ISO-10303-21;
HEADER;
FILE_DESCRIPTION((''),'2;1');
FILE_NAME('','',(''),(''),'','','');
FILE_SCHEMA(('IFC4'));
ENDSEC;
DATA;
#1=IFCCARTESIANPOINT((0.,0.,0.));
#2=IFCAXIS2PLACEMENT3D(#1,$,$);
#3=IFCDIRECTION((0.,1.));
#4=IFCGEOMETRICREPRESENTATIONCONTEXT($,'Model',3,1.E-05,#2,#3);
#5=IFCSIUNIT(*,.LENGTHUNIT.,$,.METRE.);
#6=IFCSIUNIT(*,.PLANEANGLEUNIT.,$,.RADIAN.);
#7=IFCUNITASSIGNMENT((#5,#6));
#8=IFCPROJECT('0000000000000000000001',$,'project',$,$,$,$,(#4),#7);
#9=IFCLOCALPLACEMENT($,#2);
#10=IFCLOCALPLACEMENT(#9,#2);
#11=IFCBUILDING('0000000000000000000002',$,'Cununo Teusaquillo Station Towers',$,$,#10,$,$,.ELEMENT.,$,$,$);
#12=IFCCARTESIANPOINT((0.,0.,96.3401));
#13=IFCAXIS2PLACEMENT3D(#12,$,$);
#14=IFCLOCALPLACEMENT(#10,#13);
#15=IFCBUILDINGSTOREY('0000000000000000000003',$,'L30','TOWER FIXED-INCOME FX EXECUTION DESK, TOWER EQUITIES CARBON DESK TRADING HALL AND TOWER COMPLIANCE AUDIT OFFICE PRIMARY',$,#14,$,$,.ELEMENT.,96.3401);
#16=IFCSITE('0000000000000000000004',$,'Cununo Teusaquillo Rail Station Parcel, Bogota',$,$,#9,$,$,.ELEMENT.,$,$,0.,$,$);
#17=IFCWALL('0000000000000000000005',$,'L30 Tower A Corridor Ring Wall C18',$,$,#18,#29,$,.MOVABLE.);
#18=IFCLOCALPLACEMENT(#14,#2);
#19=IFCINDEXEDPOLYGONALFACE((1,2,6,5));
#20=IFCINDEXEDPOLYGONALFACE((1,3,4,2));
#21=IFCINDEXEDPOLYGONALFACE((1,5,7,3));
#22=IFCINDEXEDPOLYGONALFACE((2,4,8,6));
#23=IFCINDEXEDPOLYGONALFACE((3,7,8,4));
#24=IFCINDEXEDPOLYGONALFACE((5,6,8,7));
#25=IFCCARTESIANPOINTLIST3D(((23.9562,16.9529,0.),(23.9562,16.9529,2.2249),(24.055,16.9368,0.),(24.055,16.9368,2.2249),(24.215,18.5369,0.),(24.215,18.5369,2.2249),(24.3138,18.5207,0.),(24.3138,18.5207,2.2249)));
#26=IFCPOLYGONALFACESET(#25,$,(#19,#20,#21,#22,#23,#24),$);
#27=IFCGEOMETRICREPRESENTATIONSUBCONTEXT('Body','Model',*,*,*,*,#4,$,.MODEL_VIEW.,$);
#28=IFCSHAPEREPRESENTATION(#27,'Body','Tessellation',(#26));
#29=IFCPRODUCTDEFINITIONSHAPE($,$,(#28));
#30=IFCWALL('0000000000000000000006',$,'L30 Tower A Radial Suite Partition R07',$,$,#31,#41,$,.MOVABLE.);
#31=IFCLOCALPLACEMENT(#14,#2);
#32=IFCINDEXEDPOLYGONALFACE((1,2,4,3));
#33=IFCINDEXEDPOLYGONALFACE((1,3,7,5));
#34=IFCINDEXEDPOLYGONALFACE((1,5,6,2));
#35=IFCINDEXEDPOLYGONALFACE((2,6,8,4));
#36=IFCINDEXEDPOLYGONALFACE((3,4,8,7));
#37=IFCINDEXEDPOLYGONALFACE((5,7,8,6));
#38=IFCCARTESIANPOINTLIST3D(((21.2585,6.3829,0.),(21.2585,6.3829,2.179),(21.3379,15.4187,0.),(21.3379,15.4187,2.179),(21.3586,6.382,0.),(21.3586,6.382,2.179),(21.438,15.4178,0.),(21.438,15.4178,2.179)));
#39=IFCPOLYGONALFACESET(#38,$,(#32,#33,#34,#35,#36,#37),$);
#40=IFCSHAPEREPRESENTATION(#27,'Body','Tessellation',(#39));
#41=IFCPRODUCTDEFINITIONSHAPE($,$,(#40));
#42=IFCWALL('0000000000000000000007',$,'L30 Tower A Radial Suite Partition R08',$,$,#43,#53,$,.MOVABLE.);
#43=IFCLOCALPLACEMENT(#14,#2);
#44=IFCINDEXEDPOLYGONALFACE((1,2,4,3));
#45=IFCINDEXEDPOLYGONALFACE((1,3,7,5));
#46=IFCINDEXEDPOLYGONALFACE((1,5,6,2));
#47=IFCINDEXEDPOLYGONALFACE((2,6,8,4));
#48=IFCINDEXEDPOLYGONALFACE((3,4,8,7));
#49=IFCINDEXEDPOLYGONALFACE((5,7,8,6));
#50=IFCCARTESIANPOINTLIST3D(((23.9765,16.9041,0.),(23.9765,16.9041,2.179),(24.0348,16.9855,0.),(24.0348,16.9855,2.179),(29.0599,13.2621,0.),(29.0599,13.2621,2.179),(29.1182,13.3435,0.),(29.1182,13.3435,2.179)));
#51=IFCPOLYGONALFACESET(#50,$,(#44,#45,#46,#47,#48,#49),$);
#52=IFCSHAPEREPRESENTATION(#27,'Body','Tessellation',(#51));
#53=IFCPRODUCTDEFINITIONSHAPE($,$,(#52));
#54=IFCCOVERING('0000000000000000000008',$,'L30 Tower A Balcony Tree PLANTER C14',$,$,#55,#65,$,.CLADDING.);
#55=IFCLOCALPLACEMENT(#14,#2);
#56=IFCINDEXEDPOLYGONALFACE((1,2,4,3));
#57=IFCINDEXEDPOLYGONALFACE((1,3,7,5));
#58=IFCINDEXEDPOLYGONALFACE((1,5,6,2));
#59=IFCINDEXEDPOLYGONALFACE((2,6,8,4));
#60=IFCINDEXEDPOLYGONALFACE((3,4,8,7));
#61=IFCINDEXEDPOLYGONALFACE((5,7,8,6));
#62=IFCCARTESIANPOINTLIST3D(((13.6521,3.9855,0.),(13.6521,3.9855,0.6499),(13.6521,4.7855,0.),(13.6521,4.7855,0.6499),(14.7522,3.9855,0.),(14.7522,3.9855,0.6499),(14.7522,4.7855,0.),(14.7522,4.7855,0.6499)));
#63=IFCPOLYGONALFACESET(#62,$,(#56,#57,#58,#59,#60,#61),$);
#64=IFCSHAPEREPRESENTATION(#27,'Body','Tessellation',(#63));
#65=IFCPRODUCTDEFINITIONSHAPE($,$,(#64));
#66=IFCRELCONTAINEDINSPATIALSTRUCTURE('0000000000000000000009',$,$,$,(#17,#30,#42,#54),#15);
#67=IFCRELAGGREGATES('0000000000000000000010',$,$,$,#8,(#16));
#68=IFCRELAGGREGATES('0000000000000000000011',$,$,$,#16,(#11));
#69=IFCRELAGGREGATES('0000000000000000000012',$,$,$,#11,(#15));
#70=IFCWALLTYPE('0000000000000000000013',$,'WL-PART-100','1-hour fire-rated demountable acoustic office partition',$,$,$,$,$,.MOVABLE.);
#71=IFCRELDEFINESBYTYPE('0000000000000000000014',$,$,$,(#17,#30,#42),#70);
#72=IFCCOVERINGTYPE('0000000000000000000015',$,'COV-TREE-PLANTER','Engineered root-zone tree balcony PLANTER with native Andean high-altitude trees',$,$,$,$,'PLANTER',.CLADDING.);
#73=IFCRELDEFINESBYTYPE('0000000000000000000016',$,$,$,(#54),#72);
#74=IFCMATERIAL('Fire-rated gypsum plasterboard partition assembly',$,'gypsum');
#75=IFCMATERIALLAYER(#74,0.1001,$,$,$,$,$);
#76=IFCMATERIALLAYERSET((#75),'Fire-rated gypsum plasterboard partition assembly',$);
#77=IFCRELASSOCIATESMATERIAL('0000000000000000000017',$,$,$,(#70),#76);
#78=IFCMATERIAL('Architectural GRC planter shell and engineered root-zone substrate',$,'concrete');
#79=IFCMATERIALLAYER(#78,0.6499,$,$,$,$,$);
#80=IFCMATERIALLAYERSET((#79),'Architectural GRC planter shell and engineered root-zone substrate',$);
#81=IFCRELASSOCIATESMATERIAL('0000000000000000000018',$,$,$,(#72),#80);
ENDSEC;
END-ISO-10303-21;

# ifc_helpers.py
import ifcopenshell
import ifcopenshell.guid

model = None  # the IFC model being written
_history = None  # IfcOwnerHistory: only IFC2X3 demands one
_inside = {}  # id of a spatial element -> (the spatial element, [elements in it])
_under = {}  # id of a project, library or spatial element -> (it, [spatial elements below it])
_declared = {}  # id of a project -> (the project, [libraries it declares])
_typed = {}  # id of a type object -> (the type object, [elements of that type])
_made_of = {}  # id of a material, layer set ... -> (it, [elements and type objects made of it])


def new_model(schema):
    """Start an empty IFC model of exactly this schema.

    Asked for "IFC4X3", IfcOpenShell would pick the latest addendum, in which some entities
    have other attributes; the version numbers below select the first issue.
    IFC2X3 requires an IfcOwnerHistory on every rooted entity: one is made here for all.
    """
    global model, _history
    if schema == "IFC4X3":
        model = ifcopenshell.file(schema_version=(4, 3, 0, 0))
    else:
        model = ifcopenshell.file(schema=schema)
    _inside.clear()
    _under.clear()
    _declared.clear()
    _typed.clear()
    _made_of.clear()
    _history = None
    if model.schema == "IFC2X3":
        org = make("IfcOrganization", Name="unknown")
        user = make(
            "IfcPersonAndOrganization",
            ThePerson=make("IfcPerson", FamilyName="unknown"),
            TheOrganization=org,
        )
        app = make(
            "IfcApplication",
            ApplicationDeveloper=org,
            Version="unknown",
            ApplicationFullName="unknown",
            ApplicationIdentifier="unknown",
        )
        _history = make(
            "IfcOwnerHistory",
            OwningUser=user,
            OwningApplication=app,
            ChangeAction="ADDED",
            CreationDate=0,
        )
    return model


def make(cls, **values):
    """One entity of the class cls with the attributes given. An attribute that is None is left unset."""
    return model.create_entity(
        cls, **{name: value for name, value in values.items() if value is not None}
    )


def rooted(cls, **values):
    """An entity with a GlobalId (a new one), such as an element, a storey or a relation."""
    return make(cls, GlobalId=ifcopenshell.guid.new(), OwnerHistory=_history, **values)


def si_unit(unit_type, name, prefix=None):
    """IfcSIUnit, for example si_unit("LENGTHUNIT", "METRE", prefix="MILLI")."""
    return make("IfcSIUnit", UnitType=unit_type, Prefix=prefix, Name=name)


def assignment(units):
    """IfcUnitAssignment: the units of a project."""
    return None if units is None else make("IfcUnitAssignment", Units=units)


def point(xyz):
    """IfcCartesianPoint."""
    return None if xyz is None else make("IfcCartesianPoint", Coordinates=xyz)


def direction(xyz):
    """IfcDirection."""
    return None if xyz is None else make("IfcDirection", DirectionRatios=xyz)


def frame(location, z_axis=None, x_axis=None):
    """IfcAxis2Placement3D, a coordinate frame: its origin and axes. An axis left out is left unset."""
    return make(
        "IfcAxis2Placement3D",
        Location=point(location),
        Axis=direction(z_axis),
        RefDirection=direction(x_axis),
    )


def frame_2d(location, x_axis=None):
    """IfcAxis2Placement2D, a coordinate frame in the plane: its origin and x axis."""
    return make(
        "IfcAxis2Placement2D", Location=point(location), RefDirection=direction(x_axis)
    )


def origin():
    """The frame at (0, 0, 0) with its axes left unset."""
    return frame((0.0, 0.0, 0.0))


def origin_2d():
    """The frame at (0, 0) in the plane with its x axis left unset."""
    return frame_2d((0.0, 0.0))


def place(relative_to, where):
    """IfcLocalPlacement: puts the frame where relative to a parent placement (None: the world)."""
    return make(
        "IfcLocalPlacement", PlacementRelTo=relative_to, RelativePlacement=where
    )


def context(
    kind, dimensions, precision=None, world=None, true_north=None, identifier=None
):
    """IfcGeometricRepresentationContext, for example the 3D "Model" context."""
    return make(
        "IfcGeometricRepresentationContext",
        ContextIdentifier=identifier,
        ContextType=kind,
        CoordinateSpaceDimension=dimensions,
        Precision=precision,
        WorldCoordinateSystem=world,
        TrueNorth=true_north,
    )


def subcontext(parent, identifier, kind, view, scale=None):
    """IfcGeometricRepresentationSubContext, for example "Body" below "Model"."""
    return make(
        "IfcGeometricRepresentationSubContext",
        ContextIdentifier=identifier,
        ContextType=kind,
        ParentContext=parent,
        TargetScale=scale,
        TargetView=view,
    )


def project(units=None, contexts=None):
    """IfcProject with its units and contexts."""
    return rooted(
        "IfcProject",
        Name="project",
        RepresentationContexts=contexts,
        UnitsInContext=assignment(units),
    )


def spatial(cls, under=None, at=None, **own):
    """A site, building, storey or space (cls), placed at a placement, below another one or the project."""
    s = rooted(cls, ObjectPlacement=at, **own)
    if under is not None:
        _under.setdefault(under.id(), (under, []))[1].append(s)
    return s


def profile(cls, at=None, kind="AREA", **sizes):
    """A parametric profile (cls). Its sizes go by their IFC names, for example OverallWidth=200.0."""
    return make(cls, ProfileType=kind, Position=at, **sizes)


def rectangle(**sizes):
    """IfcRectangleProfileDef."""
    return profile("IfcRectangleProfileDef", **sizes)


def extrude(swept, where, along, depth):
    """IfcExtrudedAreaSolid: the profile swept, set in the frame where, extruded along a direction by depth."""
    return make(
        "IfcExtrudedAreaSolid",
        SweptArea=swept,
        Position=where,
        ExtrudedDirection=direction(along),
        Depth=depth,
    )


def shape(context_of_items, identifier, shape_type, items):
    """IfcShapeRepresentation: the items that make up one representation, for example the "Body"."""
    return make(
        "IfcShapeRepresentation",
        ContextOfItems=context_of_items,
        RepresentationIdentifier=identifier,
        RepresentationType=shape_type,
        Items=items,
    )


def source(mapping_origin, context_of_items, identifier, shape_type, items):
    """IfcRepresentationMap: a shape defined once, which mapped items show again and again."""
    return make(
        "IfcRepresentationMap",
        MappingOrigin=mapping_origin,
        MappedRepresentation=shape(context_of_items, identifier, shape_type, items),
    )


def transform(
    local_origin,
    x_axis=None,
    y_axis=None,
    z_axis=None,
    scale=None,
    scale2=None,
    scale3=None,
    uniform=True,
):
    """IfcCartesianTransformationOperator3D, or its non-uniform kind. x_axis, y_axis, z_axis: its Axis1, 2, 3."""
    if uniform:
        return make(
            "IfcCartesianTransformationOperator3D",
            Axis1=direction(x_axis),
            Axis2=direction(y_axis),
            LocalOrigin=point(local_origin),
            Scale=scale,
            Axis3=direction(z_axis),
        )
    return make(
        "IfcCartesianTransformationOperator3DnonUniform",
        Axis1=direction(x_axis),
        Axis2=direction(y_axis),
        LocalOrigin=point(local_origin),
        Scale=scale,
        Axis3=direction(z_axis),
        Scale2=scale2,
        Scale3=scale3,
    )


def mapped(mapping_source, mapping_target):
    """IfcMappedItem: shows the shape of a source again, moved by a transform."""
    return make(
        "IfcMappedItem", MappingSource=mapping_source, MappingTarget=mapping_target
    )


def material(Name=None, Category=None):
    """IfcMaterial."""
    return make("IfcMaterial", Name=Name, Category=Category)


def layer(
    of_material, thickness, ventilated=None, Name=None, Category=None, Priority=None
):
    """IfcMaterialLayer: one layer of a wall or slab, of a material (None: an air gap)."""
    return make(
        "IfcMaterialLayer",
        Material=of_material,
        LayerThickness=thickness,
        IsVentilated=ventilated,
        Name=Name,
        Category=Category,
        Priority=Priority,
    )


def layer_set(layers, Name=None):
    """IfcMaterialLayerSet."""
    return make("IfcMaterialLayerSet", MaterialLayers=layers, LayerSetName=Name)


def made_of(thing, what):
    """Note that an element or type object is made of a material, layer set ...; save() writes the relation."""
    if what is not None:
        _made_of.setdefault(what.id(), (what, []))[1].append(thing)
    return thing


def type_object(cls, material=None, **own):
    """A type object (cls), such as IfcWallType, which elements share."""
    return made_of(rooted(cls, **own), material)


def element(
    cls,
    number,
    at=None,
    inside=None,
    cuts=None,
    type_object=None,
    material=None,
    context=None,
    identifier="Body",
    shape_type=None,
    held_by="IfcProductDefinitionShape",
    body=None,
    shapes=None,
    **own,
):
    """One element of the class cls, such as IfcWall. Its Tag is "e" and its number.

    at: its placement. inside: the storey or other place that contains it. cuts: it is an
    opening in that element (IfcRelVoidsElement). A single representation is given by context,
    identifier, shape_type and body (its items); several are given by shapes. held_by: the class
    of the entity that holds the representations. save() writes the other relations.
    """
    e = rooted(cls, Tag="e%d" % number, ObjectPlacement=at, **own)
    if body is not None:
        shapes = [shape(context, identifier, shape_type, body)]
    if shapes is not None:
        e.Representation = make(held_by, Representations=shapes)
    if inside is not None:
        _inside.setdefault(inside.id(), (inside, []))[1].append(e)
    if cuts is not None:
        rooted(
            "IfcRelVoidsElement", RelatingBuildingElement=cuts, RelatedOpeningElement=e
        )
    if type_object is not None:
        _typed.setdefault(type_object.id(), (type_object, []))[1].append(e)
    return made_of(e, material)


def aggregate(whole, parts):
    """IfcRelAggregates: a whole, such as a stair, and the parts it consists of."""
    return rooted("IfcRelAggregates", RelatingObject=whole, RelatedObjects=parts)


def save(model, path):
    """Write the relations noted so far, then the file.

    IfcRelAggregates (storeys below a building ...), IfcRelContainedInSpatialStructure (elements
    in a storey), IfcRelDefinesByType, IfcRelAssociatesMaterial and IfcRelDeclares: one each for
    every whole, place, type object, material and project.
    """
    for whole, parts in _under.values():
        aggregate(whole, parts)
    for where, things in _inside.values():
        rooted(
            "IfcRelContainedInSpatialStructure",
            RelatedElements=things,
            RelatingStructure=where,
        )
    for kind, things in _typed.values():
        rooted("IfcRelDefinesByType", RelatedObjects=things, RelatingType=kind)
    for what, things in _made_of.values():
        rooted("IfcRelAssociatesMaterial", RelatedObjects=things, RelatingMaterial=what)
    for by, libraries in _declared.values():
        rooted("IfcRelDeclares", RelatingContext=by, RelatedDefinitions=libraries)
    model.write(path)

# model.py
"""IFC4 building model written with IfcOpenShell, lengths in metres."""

from ifc_helpers import new_model, si_unit, direction, frame, frame_2d, origin, origin_2d, place, context, subcontext, project, spatial, rectangle, extrude, source, transform, mapped, material, layer, layer_set, type_object, element, save


model = new_model("IFC4")

# Units and contexts
model_context = context("Model", 3, precision=1e-05, world=origin(), true_north=direction((0.0, 1.0)))
body_context = subcontext(model_context, "Body", "Model", "MODEL_VIEW")
ifc_project = project(units=[si_unit("LENGTHUNIT", "METRE"), si_unit("PLANEANGLEUNIT", "RADIAN")], contexts=[model_context])

# Site, building, storey
site_placement = place(None, origin())
site = spatial("IfcSite", under=ifc_project, at=site_placement, Name="Cununo Teusaquillo Rail Station Parcel, Bogota", CompositionType="ELEMENT", RefElevation=0.0)
building_placement = place(site_placement, origin())
building = spatial("IfcBuilding", under=site, at=building_placement, Name="Cununo Teusaquillo Station Towers", CompositionType="ELEMENT")
storey_placement = place(building_placement, frame((0.0, 0.0, 96.3401)))
storey = spatial("IfcBuildingStorey", under=building, at=storey_placement, Name="L30", Description="TOWER FIXED-INCOME FX EXECUTION DESK, TOWER EQUITIES CARBON DESK TRADING HALL AND TOWER COMPLIANCE AUDIT OFFICE PRIMARY", CompositionType="ELEMENT", Elevation=96.3401)

# Shared definitions
ifc_material_1 = material(Name="Fire-rated gypsum plasterboard partition assembly", Category="gypsum")
ifc_layer_1 = layer(ifc_material_1, 0.1001)
ifc_layer_set_1 = layer_set([ifc_layer_1], Name="Fire-rated gypsum plasterboard partition assembly")
wall_type_1 = type_object("IfcWallType", Name="WL-PART-100", Description="1-hour fire-rated demountable acoustic office partition", PredefinedType="MOVABLE", material=ifc_layer_set_1)

# Walls
wall_1_placement = place(storey_placement, frame((24.0056, 16.9448, 0.0), z_axis=(0.0, 0.0, 1.0), x_axis=(0.161241, 0.986915, 0.0)))
element("IfcWall", 1, at=wall_1_placement, inside=storey, type_object=wall_type_1, Name="L30 Tower A Corridor Ring Wall C18", PredefinedType="MOVABLE", context=body_context, shape_type="SweptSolid", body=[
    extrude(rectangle(XDim=1.605, YDim=0.1001, at=frame_2d((0.8025, 0.0))), origin(), (0.0, 0.0, 1.0), 2.2249),
])
wall_2_placement = place(storey_placement, frame((21.3879, 15.4182, 0.0), z_axis=(0.0, 0.0, 1.0), x_axis=(-0.008781, -0.999961, 0.0)))
element("IfcWall", 2, at=wall_2_placement, inside=storey, type_object=wall_type_1, Name="L30 Tower A Radial Suite Partition R07", PredefinedType="MOVABLE", context=body_context, shape_type="SweptSolid", body=[
    extrude(rectangle(XDim=9.0361, YDim=0.1001, at=frame_2d((4.5181, 0.0))), origin(), (0.0, 0.0, 1.0), 2.179),
])
wall_3_placement = place(storey_placement, frame((24.0056, 16.9448, 0.0), z_axis=(0.0, 0.0, 1.0), x_axis=(0.812899, -0.582405, 0.0)))
element("IfcWall", 3, at=wall_3_placement, inside=storey, type_object=wall_type_1, Name="L30 Tower A Radial Suite Partition R08", PredefinedType="MOVABLE", context=body_context, shape_type="SweptSolid", body=[
    extrude(rectangle(XDim=6.2534, YDim=0.1001, at=frame_2d((3.1267, 0.0))), origin(), (0.0, 0.0, 1.0), 2.179),
])

# Covering
ifc_material_2 = material(Name="Architectural GRC planter shell and engineered root-zone substrate", Category="concrete")
ifc_layer_2 = layer(ifc_material_2, 0.6499)
ifc_layer_set_2 = layer_set([ifc_layer_2], Name="Architectural GRC planter shell and engineered root-zone substrate")
covering_type = type_object("IfcCoveringType", Name="COV-TREE-PLANTER", Description="Engineered root-zone tree balcony PLANTER with native Andean high-altitude trees", ElementType="PLANTER", PredefinedType="CLADDING", material=ifc_layer_set_2)
shared_shape_1 = source(origin(), body_context, "Body", "SweptSolid", [
    extrude(rectangle(XDim=1.1001, YDim=0.8, at=origin_2d()), origin(), (0.0, 0.0, 1.0), 0.6499),
])
covering_placement = place(storey_placement, frame((14.2021, 4.3855, 0.0), z_axis=(0.0, 0.0, 1.0), x_axis=(1.0, 0.0, 0.0)))
element("IfcCovering", 4, at=covering_placement, inside=storey, type_object=covering_type, Name="L30 Tower A Balcony Tree PLANTER C14", PredefinedType="CLADDING", context=body_context, shape_type="MappedRepresentation", body=[
    mapped(shared_shape_1, transform((0.0, 0.0, 0.0), x_axis=(1.0, 0.0, 0.0), y_axis=(0.0, 1.0, 0.0), z_axis=(0.0, 0.0, 1.0), scale=1.0)),
])

save(model, "model.ifc")
